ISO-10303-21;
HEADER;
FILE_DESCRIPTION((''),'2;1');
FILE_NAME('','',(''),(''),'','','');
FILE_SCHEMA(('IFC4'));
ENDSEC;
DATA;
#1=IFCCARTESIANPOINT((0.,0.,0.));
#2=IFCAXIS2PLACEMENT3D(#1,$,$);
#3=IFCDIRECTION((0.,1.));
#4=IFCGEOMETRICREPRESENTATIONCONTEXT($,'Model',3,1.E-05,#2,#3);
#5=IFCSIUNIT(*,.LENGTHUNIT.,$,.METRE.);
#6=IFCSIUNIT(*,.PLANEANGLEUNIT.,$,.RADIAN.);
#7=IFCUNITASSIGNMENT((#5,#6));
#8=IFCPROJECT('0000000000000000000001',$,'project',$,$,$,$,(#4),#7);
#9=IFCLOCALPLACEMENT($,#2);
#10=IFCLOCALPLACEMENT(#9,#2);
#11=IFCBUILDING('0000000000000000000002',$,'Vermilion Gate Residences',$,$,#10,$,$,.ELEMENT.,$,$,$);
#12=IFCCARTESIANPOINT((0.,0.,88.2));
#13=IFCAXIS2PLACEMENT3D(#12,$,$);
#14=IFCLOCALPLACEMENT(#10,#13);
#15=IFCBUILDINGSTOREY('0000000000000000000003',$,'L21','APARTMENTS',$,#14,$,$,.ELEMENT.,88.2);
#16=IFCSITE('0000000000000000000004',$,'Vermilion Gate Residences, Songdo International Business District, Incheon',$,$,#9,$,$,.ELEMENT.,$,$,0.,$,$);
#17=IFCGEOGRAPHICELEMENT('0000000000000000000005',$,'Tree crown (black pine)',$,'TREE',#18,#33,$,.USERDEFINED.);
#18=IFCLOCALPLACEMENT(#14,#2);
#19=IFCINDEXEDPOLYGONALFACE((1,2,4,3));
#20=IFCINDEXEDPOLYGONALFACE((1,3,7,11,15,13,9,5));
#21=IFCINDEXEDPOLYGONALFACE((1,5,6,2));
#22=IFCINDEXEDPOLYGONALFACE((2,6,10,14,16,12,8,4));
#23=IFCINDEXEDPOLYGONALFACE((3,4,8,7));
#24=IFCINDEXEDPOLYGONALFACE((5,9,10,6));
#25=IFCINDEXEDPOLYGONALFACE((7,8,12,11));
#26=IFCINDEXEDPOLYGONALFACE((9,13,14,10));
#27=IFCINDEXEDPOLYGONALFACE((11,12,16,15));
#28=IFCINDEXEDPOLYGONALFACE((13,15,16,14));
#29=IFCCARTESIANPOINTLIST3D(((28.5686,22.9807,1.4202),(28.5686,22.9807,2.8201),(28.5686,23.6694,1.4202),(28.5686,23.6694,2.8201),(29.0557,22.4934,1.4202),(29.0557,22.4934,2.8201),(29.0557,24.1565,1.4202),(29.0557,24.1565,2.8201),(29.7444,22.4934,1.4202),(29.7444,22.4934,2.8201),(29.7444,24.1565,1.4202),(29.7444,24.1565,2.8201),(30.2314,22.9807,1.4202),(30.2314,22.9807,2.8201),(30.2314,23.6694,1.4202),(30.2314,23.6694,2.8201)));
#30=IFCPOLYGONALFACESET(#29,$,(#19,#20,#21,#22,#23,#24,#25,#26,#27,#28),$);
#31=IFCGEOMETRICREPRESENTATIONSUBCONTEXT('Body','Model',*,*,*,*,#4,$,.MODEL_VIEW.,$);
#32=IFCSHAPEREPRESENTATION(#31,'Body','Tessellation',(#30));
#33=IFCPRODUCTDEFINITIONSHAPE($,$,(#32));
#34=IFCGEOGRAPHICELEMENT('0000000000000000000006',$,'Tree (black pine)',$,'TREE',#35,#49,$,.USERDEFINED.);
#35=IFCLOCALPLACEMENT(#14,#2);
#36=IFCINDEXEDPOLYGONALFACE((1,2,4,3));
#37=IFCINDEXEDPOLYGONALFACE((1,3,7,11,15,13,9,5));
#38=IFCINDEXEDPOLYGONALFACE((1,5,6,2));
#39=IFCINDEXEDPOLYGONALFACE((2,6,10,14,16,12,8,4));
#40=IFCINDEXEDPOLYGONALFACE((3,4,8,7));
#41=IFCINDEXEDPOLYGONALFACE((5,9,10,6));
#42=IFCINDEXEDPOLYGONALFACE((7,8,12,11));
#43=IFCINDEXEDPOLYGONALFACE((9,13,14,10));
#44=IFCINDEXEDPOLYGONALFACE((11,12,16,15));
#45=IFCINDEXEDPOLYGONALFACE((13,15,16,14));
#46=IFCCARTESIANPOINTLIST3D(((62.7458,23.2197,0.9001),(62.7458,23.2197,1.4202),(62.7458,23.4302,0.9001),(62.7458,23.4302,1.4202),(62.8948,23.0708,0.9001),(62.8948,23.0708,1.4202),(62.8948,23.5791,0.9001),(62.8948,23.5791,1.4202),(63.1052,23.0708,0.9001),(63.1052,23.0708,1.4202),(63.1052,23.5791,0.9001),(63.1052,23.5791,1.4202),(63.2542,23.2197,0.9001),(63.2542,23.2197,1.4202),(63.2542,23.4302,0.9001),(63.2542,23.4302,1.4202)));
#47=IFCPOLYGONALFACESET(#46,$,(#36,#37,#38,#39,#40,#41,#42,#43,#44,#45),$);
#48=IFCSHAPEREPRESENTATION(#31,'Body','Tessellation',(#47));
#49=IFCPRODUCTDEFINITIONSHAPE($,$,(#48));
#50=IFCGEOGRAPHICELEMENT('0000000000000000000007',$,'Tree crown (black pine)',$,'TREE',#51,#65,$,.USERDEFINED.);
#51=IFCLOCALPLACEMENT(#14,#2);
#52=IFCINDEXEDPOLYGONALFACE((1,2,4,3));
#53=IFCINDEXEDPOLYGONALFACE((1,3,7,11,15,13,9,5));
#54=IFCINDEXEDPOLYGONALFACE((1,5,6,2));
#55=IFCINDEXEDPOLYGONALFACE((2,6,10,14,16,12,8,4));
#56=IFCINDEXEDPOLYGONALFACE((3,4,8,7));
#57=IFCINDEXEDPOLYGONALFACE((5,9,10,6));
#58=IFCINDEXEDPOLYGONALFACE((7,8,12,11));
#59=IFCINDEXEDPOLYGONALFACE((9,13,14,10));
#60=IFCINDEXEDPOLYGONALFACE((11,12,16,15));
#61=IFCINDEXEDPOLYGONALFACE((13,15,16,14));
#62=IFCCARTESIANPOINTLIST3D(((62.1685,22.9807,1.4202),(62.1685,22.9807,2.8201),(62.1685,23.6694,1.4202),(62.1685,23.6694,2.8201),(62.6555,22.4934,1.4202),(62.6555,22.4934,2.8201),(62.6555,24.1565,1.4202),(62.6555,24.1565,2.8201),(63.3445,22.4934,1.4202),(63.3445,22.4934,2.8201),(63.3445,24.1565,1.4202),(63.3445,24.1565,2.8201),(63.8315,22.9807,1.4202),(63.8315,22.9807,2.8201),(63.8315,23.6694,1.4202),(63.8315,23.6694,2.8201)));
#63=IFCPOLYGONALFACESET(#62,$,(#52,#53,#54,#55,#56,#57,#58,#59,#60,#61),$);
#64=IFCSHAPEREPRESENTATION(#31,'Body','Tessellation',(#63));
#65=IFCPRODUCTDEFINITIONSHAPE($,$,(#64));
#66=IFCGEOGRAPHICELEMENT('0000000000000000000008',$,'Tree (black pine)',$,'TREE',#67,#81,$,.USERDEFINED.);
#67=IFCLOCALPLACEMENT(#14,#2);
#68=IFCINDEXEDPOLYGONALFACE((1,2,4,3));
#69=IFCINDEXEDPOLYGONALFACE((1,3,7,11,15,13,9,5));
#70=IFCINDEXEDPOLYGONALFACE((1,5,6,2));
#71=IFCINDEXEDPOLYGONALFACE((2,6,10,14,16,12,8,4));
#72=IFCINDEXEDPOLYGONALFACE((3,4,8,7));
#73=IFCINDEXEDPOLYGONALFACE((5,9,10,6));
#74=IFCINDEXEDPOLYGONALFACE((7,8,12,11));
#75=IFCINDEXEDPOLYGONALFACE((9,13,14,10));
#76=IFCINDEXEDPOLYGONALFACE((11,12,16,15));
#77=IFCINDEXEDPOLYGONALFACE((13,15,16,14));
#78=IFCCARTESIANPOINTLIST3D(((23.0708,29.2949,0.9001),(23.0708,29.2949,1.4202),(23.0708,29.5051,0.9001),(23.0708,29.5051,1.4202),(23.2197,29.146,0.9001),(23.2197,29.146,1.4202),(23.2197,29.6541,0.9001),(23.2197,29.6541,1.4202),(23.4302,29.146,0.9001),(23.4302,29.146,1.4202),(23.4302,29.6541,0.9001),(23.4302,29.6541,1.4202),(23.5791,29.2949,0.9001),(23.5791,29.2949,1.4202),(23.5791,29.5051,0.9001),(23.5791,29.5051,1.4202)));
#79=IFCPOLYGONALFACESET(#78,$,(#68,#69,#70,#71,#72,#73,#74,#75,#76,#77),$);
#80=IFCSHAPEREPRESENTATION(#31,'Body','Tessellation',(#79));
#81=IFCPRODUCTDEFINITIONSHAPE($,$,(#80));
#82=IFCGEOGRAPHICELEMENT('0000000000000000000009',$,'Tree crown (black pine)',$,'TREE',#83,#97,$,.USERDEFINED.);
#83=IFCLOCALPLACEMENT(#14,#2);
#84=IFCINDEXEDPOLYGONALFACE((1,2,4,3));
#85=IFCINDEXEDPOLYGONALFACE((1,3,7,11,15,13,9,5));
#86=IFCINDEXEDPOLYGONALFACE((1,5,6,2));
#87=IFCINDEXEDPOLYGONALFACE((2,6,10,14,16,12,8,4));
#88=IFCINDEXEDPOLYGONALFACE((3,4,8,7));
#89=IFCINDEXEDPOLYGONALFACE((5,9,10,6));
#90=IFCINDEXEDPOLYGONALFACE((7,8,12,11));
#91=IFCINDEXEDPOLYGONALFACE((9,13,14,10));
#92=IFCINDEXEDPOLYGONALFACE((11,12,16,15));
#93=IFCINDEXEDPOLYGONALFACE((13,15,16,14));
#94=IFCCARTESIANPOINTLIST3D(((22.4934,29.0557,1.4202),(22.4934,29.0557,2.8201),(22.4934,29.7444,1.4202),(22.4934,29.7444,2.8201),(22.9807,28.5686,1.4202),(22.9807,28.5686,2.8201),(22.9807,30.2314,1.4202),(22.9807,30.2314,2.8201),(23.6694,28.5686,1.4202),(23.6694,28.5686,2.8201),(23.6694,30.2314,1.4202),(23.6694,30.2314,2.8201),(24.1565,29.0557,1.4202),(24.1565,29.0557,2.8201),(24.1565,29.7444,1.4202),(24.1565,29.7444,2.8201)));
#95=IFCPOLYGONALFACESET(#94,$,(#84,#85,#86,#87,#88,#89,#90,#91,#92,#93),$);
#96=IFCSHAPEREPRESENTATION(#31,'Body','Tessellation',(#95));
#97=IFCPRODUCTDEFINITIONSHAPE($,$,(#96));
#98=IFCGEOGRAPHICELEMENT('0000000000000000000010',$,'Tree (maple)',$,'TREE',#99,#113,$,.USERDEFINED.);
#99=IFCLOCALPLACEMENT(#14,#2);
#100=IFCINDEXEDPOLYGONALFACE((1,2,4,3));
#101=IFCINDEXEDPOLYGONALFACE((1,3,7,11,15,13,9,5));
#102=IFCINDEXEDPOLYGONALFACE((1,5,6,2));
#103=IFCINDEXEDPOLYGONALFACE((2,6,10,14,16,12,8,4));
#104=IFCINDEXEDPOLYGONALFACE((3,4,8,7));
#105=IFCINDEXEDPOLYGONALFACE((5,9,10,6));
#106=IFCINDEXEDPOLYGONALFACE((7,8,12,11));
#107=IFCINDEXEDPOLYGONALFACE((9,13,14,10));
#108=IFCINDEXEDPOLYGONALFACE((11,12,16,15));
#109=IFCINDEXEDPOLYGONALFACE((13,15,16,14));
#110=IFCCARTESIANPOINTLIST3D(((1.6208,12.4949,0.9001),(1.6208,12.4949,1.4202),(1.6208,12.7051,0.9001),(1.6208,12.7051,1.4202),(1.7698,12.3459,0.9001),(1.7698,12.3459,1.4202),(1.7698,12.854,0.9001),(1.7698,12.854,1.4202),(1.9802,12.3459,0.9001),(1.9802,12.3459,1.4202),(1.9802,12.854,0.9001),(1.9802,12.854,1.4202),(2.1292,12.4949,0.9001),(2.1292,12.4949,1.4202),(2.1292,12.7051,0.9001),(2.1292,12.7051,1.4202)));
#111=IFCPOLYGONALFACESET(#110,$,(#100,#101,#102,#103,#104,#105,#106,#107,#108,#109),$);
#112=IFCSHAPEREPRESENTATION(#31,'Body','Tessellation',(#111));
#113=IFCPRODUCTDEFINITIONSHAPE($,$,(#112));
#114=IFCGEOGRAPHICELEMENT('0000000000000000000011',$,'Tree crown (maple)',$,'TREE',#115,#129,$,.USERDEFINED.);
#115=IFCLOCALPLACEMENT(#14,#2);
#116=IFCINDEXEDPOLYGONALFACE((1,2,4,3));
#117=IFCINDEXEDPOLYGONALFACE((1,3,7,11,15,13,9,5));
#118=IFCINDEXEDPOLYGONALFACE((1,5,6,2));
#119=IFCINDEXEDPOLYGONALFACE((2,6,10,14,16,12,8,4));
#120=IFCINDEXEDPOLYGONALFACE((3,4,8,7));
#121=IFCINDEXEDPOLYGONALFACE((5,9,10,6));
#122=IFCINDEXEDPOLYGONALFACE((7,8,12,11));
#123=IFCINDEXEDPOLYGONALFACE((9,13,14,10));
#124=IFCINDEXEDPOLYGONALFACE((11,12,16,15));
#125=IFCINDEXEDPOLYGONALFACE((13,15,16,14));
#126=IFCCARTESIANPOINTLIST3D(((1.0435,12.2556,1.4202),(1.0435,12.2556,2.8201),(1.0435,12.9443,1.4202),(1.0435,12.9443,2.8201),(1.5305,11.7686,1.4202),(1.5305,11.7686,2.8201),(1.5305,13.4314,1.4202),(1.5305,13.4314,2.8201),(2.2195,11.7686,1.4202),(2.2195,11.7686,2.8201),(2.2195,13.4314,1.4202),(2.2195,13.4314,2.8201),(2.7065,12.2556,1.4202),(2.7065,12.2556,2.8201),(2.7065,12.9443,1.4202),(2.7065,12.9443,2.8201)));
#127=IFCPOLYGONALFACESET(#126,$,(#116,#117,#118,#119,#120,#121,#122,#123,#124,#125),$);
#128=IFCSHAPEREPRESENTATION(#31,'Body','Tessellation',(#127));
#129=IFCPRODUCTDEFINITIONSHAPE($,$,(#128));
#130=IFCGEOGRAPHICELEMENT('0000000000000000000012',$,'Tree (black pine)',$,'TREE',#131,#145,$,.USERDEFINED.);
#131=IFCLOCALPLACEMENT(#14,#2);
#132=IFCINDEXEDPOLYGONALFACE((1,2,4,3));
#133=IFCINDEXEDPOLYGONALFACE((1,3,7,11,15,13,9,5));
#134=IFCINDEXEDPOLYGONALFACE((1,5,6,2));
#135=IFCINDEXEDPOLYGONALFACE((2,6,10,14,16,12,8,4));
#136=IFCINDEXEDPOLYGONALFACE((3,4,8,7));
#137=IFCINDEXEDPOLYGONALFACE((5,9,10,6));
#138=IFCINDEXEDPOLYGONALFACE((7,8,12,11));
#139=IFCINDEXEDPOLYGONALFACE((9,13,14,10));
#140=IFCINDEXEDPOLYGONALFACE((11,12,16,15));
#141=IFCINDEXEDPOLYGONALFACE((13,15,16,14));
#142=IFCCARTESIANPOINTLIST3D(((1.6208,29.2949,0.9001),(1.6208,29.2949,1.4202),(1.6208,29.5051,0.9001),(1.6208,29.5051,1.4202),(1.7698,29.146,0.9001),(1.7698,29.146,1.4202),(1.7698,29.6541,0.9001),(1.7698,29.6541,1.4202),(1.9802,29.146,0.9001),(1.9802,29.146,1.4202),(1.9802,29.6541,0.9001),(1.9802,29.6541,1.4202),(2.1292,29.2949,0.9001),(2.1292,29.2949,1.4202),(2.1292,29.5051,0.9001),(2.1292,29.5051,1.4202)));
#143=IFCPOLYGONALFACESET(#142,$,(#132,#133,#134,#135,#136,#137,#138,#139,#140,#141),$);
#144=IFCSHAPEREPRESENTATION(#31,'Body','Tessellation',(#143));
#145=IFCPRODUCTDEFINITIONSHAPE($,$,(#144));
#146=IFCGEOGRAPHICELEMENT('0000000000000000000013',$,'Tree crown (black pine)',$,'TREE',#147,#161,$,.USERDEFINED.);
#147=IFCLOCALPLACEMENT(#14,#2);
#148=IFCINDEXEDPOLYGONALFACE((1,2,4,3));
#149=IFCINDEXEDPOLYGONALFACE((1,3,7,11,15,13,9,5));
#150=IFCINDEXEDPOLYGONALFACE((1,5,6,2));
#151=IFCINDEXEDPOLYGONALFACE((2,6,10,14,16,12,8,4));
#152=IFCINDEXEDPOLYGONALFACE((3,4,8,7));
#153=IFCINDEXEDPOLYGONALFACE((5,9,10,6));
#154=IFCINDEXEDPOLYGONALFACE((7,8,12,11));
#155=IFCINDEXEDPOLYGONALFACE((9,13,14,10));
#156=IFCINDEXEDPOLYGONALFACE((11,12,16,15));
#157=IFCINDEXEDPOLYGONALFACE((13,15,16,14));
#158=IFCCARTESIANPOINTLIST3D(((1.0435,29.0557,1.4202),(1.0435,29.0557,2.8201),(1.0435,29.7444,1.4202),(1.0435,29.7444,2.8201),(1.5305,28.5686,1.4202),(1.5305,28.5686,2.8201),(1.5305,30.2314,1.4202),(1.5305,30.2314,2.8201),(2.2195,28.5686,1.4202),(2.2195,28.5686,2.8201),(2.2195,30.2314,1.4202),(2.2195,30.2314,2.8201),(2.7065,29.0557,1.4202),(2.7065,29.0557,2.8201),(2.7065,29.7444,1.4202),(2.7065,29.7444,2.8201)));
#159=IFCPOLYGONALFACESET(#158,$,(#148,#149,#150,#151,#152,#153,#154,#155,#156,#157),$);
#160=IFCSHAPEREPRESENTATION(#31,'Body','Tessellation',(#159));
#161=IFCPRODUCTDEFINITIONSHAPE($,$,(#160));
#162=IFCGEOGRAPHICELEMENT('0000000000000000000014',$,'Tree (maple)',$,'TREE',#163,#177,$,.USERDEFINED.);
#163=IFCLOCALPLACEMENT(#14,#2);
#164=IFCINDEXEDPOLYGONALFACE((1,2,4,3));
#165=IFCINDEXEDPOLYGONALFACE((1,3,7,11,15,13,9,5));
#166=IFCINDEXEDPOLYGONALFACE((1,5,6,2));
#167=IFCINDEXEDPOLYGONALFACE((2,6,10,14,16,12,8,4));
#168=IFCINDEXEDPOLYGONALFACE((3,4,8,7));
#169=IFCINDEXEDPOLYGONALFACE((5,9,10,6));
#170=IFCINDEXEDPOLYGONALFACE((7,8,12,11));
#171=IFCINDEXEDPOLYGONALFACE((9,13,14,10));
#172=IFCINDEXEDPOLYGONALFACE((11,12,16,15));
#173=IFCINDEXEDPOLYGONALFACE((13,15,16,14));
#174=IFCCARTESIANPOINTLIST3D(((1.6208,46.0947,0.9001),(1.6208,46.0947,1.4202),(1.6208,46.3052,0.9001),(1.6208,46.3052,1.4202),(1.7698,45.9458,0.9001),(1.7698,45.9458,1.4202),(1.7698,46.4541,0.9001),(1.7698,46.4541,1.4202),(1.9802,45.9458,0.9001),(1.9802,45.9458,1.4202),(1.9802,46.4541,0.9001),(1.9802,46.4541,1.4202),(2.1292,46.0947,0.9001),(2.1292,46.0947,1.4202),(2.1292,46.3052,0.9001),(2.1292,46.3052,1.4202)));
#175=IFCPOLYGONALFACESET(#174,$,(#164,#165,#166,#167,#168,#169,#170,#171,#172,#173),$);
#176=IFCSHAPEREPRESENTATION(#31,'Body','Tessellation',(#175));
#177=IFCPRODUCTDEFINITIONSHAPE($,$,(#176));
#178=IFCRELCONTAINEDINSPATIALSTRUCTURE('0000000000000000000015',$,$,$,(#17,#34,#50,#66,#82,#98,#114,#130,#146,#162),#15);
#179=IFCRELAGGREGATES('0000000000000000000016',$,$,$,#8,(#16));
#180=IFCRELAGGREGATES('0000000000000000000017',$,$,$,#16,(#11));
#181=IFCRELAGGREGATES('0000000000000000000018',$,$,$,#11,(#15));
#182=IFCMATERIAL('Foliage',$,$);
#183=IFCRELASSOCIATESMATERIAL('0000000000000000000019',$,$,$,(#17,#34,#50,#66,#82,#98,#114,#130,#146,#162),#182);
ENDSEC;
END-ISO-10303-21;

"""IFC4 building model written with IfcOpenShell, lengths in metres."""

from ifc_helpers import new_model, si_unit, direction, frame, origin, place, context, subcontext, project, spatial, polyline, outline, extrude, material, element, save


model = new_model("IFC4")

# Units and contexts
model_context = context("Model", 3, precision=1e-05, world=origin(), true_north=direction((0.0, 1.0)))
body_context = subcontext(model_context, "Body", "Model", "MODEL_VIEW")
ifc_project = project(units=[si_unit("LENGTHUNIT", "METRE"), si_unit("PLANEANGLEUNIT", "RADIAN")], contexts=[model_context])

# Site, building, storey
site_placement = place(None, origin())
site = spatial("IfcSite", under=ifc_project, at=site_placement, Name="Vermilion Gate Residences, Songdo International Business District, Incheon", CompositionType="ELEMENT", RefElevation=0.0)
building_placement = place(site_placement, origin())
building = spatial("IfcBuilding", under=site, at=building_placement, Name="Vermilion Gate Residences", CompositionType="ELEMENT")
storey_placement = place(building_placement, frame((0.0, 0.0, 88.2)))
storey = spatial("IfcBuildingStorey", under=building, at=storey_placement, Name="L21", Description="APARTMENTS", CompositionType="ELEMENT", Elevation=88.2)

# Geographic elements
ifc_material_1 = material(Name="Foliage")
geographic_element_1_placement = place(storey_placement, frame((0.0, 0.0, 1.4202)))
element("IfcGeographicElement", 1, at=geographic_element_1_placement, inside=storey, material=ifc_material_1, Name="Tree crown (black pine)", ObjectType="TREE", PredefinedType="USERDEFINED", context=body_context, shape_type="SweptSolid", body=[
    extrude(outline(polyline([(30.2314, 23.6694), (29.7444, 24.1565), (29.0557, 24.1565), (28.5686, 23.6694), (28.5686, 22.9807), (29.0557, 22.4934), (29.7444, 22.4934), (30.2314, 22.9807), (30.2314, 23.6694)])), origin(), (0.0, 0.0, 1.0), 1.3999),
])
geographic_element_2_placement = place(storey_placement, frame((0.0, 0.0, 0.9001)))
element("IfcGeographicElement", 2, at=geographic_element_2_placement, inside=storey, material=ifc_material_1, Name="Tree (black pine)", ObjectType="TREE", PredefinedType="USERDEFINED", context=body_context, shape_type="SweptSolid", body=[
    extrude(outline(polyline([(63.2542, 23.4302), (63.1052, 23.5791), (62.8948, 23.5791), (62.7458, 23.4302), (62.7458, 23.2197), (62.8948, 23.0708), (63.1052, 23.0708), (63.2542, 23.2197), (63.2542, 23.4302)])), origin(), (0.0, 0.0, 1.0), 0.52),
])
geographic_element_3_placement = place(storey_placement, frame((0.0, 0.0, 1.4202)))
element("IfcGeographicElement", 3, at=geographic_element_3_placement, inside=storey, material=ifc_material_1, Name="Tree crown (black pine)", ObjectType="TREE", PredefinedType="USERDEFINED", context=body_context, shape_type="SweptSolid", body=[
    extrude(outline(polyline([(63.8315, 23.6694), (63.3445, 24.1565), (62.6555, 24.1565), (62.1685, 23.6694), (62.1685, 22.9807), (62.6555, 22.4934), (63.3445, 22.4934), (63.8315, 22.9807), (63.8315, 23.6694)])), origin(), (0.0, 0.0, 1.0), 1.3999),
])
geographic_element_4_placement = place(storey_placement, frame((0.0, 0.0, 0.9001)))
element("IfcGeographicElement", 4, at=geographic_element_4_placement, inside=storey, material=ifc_material_1, Name="Tree (black pine)", ObjectType="TREE", PredefinedType="USERDEFINED", context=body_context, shape_type="SweptSolid", body=[
    extrude(outline(polyline([(23.5791, 29.5051), (23.4302, 29.6541), (23.2197, 29.6541), (23.0708, 29.5051), (23.0708, 29.2949), (23.2197, 29.146), (23.4302, 29.146), (23.5791, 29.2949), (23.5791, 29.5051)])), origin(), (0.0, 0.0, 1.0), 0.52),
])
geographic_element_5_placement = place(storey_placement, frame((0.0, 0.0, 1.4202)))
element("IfcGeographicElement", 5, at=geographic_element_5_placement, inside=storey, material=ifc_material_1, Name="Tree crown (black pine)", ObjectType="TREE", PredefinedType="USERDEFINED", context=body_context, shape_type="SweptSolid", body=[
    extrude(outline(polyline([(24.1565, 29.7444), (23.6694, 30.2314), (22.9807, 30.2314), (22.4934, 29.7444), (22.4934, 29.0557), (22.9807, 28.5686), (23.6694, 28.5686), (24.1565, 29.0557), (24.1565, 29.7444)])), origin(), (0.0, 0.0, 1.0), 1.3999),
])
geographic_element_6_placement = place(storey_placement, frame((0.0, 0.0, 0.9001)))
element("IfcGeographicElement", 6, at=geographic_element_6_placement, inside=storey, material=ifc_material_1, Name="Tree (maple)", ObjectType="TREE", PredefinedType="USERDEFINED", context=body_context, shape_type="SweptSolid", body=[
    extrude(outline(polyline([(2.1292, 12.7051), (1.9802, 12.854), (1.7698, 12.854), (1.6208, 12.7051), (1.6208, 12.4949), (1.7698, 12.3459), (1.9802, 12.3459), (2.1292, 12.4949), (2.1292, 12.7051)])), origin(), (0.0, 0.0, 1.0), 0.52),
])
geographic_element_7_placement = place(storey_placement, frame((0.0, 0.0, 1.4202)))
element("IfcGeographicElement", 7, at=geographic_element_7_placement, inside=storey, material=ifc_material_1, Name="Tree crown (maple)", ObjectType="TREE", PredefinedType="USERDEFINED", context=body_context, shape_type="SweptSolid", body=[
    extrude(outline(polyline([(2.7065, 12.9443), (2.2195, 13.4314), (1.5305, 13.4314), (1.0435, 12.9443), (1.0435, 12.2556), (1.5305, 11.7686), (2.2195, 11.7686), (2.7065, 12.2556), (2.7065, 12.9443)])), origin(), (0.0, 0.0, 1.0), 1.3999),
])
geographic_element_8_placement = place(storey_placement, frame((0.0, 0.0, 0.9001)))
element("IfcGeographicElement", 8, at=geographic_element_8_placement, inside=storey, material=ifc_material_1, Name="Tree (black pine)", ObjectType="TREE", PredefinedType="USERDEFINED", context=body_context, shape_type="SweptSolid", body=[
    extrude(outline(polyline([(2.1292, 29.5051), (1.9802, 29.6541), (1.7698, 29.6541), (1.6208, 29.5051), (1.6208, 29.2949), (1.7698, 29.146), (1.9802, 29.146), (2.1292, 29.2949), (2.1292, 29.5051)])), origin(), (0.0, 0.0, 1.0), 0.52),
])
geographic_element_9_placement = place(storey_placement, frame((0.0, 0.0, 1.4202)))
element("IfcGeographicElement", 9, at=geographic_element_9_placement, inside=storey, material=ifc_material_1, Name="Tree crown (black pine)", ObjectType="TREE", PredefinedType="USERDEFINED", context=body_context, shape_type="SweptSolid", body=[
    extrude(outline(polyline([(2.7065, 29.7444), (2.2195, 30.2314), (1.5305, 30.2314), (1.0435, 29.7444), (1.0435, 29.0557), (1.5305, 28.5686), (2.2195, 28.5686), (2.7065, 29.0557), (2.7065, 29.7444)])), origin(), (0.0, 0.0, 1.0), 1.3999),
])
geographic_element_10_placement = place(storey_placement, frame((0.0, 0.0, 0.9001)))
element("IfcGeographicElement", 10, at=geographic_element_10_placement, inside=storey, material=ifc_material_1, Name="Tree (maple)", ObjectType="TREE", PredefinedType="USERDEFINED", context=body_context, shape_type="SweptSolid", body=[
    extrude(outline(polyline([(2.1292, 46.3052), (1.9802, 46.4541), (1.7698, 46.4541), (1.6208, 46.3052), (1.6208, 46.0947), (1.7698, 45.9458), (1.9802, 45.9458), (2.1292, 46.0947), (2.1292, 46.3052)])), origin(), (0.0, 0.0, 1.0), 0.52),
])

save(model, "model.ifc")
